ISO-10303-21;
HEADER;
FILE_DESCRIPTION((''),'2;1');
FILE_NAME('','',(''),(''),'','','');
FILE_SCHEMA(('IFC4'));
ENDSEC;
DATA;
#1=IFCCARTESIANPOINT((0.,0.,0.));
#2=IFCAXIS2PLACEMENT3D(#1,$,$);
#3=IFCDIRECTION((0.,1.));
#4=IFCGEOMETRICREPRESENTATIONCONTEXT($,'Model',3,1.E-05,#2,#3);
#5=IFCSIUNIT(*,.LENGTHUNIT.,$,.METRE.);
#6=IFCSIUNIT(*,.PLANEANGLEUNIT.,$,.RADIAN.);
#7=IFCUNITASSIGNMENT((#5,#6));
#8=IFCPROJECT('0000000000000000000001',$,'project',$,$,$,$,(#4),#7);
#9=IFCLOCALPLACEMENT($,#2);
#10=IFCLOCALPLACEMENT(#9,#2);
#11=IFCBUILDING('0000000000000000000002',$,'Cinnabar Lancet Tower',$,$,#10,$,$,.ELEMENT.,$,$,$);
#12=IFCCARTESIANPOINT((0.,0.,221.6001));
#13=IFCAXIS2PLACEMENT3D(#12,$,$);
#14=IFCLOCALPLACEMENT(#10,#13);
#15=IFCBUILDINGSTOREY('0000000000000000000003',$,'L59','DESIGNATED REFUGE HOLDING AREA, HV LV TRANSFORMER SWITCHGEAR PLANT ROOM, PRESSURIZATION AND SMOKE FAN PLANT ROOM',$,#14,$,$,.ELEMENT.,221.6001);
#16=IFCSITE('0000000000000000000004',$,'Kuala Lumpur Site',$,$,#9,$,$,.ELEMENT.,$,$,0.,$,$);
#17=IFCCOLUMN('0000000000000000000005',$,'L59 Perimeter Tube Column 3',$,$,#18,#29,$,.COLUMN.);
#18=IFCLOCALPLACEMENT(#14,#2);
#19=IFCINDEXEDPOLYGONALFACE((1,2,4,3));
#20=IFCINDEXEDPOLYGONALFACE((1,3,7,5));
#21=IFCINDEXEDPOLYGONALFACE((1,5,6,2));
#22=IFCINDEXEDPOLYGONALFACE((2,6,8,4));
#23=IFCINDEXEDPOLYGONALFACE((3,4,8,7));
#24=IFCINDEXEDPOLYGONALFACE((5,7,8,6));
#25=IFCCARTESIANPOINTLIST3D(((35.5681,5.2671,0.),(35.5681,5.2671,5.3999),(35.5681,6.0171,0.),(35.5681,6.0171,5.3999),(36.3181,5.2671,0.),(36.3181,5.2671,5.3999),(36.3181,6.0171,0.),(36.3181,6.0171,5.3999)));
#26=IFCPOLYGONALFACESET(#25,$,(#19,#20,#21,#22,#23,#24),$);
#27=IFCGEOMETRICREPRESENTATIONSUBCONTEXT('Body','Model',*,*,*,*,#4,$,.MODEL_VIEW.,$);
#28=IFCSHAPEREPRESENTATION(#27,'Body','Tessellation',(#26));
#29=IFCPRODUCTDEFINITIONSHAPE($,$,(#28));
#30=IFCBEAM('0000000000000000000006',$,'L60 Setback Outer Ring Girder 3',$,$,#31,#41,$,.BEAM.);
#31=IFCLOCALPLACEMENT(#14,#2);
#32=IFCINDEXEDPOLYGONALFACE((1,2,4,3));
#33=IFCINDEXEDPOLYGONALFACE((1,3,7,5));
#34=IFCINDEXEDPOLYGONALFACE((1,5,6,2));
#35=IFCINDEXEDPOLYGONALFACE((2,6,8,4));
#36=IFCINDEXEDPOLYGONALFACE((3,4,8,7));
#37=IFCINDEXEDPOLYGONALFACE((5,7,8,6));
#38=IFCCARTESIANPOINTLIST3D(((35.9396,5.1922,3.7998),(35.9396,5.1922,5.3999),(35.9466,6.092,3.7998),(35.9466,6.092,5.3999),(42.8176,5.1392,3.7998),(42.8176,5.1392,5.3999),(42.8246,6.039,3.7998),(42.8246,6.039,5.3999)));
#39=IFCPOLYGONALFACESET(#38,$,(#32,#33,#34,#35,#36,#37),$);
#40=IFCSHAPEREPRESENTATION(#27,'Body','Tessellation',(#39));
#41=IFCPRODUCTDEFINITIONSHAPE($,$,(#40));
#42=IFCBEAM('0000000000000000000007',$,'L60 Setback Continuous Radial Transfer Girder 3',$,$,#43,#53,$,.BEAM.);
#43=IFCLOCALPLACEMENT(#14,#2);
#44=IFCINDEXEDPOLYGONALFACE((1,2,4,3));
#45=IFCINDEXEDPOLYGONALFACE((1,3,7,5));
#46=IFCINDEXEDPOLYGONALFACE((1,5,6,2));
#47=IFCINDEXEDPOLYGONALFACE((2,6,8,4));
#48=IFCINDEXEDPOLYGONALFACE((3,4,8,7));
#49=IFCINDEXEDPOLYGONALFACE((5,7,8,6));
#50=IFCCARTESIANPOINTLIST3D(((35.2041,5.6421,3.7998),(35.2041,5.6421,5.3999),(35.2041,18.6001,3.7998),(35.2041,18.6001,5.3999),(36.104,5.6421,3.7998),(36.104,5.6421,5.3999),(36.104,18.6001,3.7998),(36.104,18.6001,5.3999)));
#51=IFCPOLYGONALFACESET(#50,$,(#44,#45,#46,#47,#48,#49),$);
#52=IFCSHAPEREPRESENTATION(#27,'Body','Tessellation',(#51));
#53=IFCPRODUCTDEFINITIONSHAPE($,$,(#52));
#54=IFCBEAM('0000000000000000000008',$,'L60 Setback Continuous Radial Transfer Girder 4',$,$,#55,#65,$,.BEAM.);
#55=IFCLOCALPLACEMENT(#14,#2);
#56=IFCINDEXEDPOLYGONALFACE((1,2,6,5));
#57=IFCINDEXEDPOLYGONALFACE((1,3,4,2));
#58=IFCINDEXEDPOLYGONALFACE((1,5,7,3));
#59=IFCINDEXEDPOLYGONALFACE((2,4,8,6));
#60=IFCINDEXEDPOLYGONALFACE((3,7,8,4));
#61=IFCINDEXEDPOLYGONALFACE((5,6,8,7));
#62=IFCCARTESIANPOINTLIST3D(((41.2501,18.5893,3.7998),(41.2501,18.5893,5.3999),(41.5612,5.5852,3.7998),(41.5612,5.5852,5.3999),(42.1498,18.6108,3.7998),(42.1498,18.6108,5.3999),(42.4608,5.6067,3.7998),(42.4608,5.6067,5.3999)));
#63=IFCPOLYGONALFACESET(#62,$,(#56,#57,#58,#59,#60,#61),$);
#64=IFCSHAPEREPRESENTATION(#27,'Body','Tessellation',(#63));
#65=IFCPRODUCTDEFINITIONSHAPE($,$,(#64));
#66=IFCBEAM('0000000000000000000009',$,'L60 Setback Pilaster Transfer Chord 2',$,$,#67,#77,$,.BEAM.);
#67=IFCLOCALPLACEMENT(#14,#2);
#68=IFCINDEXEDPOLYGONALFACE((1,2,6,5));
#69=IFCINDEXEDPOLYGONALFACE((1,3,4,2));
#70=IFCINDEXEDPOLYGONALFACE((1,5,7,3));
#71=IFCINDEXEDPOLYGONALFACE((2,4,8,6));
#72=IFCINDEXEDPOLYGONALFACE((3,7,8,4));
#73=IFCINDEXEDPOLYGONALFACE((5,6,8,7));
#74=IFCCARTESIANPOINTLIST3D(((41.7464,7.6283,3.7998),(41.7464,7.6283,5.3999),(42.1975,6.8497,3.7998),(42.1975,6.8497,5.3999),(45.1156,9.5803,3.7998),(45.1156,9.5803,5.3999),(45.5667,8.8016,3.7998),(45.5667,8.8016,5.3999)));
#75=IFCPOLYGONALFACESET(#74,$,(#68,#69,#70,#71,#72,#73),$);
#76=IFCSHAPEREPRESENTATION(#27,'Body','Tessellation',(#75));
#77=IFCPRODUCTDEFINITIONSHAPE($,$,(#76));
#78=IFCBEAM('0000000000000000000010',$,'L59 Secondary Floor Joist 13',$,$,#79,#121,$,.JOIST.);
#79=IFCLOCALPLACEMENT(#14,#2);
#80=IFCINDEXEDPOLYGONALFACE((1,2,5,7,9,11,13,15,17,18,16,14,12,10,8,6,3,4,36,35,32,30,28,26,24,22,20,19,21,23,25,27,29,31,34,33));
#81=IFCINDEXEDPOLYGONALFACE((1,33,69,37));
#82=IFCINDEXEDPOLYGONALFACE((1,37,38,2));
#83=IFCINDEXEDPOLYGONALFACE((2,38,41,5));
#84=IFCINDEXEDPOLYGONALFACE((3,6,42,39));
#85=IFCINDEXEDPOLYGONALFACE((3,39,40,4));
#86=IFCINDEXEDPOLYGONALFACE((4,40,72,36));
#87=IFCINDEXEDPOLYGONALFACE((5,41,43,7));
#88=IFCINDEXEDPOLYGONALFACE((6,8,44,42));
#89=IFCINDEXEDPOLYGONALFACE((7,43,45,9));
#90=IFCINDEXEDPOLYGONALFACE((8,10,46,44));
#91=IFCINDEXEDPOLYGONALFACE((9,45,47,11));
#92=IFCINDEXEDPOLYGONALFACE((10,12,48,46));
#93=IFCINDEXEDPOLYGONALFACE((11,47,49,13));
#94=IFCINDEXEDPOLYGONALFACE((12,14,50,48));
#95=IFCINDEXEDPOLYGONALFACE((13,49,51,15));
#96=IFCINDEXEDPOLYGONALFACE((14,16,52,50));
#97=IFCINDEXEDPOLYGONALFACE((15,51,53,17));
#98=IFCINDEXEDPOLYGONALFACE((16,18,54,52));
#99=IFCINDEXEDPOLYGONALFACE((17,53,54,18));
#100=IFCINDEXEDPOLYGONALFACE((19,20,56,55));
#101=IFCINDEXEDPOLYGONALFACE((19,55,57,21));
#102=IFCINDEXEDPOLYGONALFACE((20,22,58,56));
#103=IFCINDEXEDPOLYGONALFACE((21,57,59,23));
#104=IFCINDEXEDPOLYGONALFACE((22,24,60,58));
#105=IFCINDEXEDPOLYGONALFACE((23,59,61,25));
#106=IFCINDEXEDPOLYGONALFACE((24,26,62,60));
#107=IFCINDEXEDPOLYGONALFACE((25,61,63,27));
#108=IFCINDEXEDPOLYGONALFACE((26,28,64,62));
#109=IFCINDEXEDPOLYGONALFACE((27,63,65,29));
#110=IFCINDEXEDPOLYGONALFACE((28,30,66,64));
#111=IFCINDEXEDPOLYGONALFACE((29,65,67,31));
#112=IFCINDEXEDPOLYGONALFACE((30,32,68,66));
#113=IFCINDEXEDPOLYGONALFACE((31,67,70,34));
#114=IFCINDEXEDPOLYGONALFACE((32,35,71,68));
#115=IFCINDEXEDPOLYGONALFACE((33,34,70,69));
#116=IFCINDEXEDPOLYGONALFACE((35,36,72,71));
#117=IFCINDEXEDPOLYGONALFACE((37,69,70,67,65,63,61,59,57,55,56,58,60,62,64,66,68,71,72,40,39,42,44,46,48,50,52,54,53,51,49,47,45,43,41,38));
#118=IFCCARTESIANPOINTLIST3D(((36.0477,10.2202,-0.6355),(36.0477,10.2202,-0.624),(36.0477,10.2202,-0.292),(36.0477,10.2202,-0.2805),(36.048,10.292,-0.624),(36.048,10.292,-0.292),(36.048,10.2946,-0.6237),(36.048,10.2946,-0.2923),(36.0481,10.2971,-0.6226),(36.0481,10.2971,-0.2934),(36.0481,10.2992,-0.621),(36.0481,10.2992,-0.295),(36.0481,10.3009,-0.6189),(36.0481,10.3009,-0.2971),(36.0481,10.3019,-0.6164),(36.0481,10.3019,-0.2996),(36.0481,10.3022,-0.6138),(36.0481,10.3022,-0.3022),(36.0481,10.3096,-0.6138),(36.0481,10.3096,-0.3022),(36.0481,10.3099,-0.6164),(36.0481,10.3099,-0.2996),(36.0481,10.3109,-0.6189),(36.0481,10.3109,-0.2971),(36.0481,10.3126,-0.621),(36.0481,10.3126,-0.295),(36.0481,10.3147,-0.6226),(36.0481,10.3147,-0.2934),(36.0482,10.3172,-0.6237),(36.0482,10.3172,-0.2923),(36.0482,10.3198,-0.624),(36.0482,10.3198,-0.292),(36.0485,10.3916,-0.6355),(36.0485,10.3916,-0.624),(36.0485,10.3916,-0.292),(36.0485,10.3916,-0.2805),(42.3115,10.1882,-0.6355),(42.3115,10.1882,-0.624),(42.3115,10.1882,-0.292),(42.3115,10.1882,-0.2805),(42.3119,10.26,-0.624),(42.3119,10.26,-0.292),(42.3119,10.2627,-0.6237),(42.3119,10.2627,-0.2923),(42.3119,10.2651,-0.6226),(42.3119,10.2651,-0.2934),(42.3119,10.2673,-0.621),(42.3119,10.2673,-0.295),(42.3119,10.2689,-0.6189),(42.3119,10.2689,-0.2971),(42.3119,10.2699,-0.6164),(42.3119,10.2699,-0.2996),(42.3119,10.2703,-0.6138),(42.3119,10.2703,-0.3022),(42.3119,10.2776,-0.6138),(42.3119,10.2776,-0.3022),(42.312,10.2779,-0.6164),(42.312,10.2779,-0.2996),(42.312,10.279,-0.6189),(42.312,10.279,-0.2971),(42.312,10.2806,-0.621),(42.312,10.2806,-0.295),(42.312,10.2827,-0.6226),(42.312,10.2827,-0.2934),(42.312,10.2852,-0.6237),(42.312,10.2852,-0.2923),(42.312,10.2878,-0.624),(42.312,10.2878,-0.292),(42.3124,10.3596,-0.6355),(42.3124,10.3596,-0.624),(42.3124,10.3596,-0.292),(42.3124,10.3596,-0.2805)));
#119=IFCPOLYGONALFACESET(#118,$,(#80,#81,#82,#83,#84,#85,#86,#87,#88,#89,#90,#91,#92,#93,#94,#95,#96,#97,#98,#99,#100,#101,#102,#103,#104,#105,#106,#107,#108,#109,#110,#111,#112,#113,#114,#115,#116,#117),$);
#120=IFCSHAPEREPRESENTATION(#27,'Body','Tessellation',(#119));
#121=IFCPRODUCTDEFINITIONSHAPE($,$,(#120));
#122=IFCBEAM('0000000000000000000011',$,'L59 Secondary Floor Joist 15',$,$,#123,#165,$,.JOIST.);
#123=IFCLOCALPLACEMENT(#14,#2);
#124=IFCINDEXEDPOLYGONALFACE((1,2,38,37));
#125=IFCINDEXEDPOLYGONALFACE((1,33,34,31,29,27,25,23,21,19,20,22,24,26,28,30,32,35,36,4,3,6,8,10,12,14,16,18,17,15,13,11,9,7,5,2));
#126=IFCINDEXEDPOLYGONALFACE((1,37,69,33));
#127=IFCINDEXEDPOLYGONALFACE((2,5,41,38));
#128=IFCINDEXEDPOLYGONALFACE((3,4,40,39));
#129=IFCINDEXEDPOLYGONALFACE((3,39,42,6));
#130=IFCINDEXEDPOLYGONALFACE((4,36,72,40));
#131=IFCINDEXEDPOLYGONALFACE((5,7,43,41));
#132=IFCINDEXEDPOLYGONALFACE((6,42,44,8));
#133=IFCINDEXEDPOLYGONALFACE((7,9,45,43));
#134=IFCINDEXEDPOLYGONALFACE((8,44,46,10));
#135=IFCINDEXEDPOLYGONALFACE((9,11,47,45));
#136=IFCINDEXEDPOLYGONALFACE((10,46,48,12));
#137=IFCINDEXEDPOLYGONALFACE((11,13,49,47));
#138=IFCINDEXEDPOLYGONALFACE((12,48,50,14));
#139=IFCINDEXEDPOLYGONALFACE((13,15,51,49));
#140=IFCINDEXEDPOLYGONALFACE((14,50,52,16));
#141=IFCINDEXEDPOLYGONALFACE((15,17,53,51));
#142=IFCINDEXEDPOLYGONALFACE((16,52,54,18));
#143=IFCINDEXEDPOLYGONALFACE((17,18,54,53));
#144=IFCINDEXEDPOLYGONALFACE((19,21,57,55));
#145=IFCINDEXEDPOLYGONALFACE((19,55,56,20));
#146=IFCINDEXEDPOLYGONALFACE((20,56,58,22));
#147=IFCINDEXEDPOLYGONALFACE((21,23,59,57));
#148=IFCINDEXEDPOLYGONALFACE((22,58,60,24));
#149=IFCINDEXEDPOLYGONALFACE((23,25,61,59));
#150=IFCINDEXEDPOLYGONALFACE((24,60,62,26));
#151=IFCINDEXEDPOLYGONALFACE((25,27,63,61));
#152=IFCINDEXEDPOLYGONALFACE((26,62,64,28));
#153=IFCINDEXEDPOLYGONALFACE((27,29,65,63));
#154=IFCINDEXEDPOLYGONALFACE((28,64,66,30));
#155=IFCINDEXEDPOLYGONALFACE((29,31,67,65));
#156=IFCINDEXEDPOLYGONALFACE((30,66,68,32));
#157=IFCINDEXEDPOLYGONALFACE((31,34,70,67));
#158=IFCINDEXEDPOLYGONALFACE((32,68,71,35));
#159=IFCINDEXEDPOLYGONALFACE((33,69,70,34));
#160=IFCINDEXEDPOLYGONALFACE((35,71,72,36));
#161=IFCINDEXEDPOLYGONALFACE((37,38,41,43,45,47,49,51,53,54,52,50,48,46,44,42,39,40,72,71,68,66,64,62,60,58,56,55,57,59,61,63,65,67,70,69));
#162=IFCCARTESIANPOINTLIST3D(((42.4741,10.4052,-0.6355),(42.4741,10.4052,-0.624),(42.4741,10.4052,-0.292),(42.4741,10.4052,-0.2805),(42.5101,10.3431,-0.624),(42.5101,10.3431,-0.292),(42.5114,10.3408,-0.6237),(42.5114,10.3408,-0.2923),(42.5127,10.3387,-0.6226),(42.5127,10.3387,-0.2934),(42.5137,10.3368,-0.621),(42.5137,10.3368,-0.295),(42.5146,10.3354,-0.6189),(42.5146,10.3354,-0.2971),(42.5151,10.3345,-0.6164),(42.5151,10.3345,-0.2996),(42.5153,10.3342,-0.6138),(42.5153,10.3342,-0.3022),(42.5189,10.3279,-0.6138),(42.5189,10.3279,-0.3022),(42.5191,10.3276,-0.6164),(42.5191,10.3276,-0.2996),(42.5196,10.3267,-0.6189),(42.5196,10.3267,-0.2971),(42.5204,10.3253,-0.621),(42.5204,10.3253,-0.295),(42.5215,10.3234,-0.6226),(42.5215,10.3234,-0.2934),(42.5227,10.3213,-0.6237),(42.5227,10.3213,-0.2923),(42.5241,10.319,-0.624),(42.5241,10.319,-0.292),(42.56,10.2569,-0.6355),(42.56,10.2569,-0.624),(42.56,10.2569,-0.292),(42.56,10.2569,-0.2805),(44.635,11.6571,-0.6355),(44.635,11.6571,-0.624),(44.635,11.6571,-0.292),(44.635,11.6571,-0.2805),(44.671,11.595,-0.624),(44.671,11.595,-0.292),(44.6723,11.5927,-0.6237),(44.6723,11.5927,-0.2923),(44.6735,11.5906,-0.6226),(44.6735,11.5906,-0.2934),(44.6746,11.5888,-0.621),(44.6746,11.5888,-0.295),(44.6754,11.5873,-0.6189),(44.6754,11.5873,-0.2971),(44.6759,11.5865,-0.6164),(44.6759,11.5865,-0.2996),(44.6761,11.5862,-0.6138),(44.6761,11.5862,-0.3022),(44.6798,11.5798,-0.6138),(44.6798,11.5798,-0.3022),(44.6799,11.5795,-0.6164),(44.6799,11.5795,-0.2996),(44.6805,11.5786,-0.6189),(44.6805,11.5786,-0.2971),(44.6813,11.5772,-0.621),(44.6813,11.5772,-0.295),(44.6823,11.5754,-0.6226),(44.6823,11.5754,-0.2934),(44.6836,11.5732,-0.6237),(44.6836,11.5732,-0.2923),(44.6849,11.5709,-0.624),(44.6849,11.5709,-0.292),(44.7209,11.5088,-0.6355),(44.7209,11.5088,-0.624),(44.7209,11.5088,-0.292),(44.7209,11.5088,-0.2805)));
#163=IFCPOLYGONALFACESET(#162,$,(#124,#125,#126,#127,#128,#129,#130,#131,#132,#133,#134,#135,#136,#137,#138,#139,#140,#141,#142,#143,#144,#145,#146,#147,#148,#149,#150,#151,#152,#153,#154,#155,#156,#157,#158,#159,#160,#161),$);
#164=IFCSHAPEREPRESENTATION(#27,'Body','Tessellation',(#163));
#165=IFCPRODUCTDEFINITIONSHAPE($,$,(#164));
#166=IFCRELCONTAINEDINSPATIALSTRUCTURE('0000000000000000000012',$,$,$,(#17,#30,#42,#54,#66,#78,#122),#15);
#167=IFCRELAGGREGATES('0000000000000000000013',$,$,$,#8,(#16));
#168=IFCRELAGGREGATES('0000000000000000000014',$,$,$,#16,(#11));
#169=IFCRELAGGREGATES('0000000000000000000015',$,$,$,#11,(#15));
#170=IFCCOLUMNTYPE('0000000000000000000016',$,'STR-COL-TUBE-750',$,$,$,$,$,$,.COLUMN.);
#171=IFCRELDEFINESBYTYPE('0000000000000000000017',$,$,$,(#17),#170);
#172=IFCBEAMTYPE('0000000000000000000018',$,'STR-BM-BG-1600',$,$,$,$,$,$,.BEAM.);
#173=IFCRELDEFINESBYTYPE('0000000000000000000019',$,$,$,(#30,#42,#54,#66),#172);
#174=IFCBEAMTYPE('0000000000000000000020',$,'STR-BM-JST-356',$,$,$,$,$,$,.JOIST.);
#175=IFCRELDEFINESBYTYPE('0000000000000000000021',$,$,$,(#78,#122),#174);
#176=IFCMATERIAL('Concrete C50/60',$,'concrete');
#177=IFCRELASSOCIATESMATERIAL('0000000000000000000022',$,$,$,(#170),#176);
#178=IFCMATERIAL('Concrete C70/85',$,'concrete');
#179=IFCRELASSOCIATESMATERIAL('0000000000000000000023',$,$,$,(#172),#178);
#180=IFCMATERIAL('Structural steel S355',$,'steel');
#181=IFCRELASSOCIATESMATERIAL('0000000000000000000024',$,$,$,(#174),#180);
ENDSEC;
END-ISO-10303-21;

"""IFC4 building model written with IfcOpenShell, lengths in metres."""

from ifc_helpers import new_model, si_unit, direction, frame, origin, origin_2d, place, context, subcontext, project, spatial, rectangle, i_section, extrude, material, material_profile, profile_set, type_object, element, save


model = new_model("IFC4")

# Units and contexts
model_context = context("Model", 3, precision=1e-05, world=origin(), true_north=direction((0.0, 1.0)))
body_context = subcontext(model_context, "Body", "Model", "MODEL_VIEW")
ifc_project = project(units=[si_unit("LENGTHUNIT", "METRE"), si_unit("PLANEANGLEUNIT", "RADIAN")], contexts=[model_context])

# Site, building, storey
site_placement = place(None, origin())
site = spatial("IfcSite", under=ifc_project, at=site_placement, Name="Kuala Lumpur Site", CompositionType="ELEMENT", RefElevation=0.0)
building_placement = place(site_placement, origin())
building = spatial("IfcBuilding", under=site, at=building_placement, Name="Cinnabar Lancet Tower", CompositionType="ELEMENT")
storey_placement = place(building_placement, frame((0.0, 0.0, 221.6001)))
storey = spatial("IfcBuildingStorey", under=building, at=storey_placement, Name="L59", Description="DESIGNATED REFUGE HOLDING AREA, HV LV TRANSFORMER SWITCHGEAR PLANT ROOM, PRESSURIZATION AND SMOKE FAN PLANT ROOM", CompositionType="ELEMENT", Elevation=221.6001)

# Column
ifc_material_1 = material(Name="Concrete C50/60", Category="concrete")
ifc_material_profile_1 = material_profile(ifc_material_1, rectangle(XDim=0.75, YDim=0.75, at=origin_2d()), Name="RC-COL 750x750")
ifc_profile_set_1 = profile_set([ifc_material_profile_1], Name="Concrete C50/60")
column_type = type_object("IfcColumnType", Name="STR-COL-TUBE-750", PredefinedType="COLUMN", material=ifc_profile_set_1)
column_placement = place(storey_placement, frame((35.9431, 5.6421, 0.0), z_axis=(0.0, 0.0, 1.0), x_axis=(1.0, 0.0, 0.0)))
element("IfcColumn", 1, at=column_placement, inside=storey, type_object=column_type, Name="L59 Perimeter Tube Column 3", PredefinedType="COLUMN", context=body_context, shape_type="SweptSolid", body=[
    extrude(rectangle(XDim=0.75, YDim=0.75, at=origin_2d()), origin(), (0.0, 0.0, 1.0), 5.3999),
])

# Beams
ifc_material_2 = material(Name="Concrete C70/85", Category="concrete")
ifc_material_profile_2 = material_profile(ifc_material_2, rectangle(XDim=0.8999, YDim=1.6001, at=origin_2d()), Name="RC-BG 900x1600")
ifc_profile_set_2 = profile_set([ifc_material_profile_2], Name="Concrete C70/85")
beam_type_1 = type_object("IfcBeamType", Name="STR-BM-BG-1600", PredefinedType="BEAM", material=ifc_profile_set_2)
beam_1_placement = place(storey_placement, frame((35.9431, 5.6421, 4.5999), z_axis=(0.99997, -0.007702, 0.0), x_axis=(0.007702, 0.99997, 0.0)))
element("IfcBeam", 2, at=beam_1_placement, inside=storey, type_object=beam_type_1, Name="L60 Setback Outer Ring Girder 3", PredefinedType="BEAM", context=body_context, shape_type="SweptSolid", body=[
    extrude(rectangle(XDim=0.8999, YDim=1.6001, at=origin_2d()), origin(), (0.0, 0.0, 1.0), 6.8782),
])
beam_2_placement = place(storey_placement, frame((35.6541, 5.6421, 4.5999), z_axis=(0.0, 1.0, 0.0), x_axis=(-1.0, 0.0, 0.0)))
element("IfcBeam", 3, at=beam_2_placement, inside=storey, type_object=beam_type_1, Name="L60 Setback Continuous Radial Transfer Girder 3", PredefinedType="BEAM", context=body_context, shape_type="SweptSolid", body=[
    extrude(rectangle(XDim=0.8999, YDim=1.6001, at=origin_2d()), origin(), (0.0, 0.0, 1.0), 12.958),
])
beam_3_placement = place(storey_placement, frame((42.011, 5.5959, 4.5999), z_axis=(-0.023911, 0.999714, 0.0), x_axis=(-0.999714, -0.023911, 0.0)))
element("IfcBeam", 4, at=beam_3_placement, inside=storey, type_object=beam_type_1, Name="L60 Setback Continuous Radial Transfer Girder 4", PredefinedType="BEAM", context=body_context, shape_type="SweptSolid", body=[
    extrude(rectangle(XDim=0.8999, YDim=1.6001, at=origin_2d()), origin(), (0.0, 0.0, 1.0), 13.0078),
])
beam_4_placement = place(storey_placement, frame((41.9719, 7.239, 4.5999), z_axis=(0.865276, 0.501296, 0.0), x_axis=(-0.501296, 0.865276, 0.0)))
element("IfcBeam", 5, at=beam_4_placement, inside=storey, type_object=beam_type_1, Name="L60 Setback Pilaster Transfer Chord 2", PredefinedType="BEAM", context=body_context, shape_type="SweptSolid", body=[
    extrude(rectangle(XDim=0.8999, YDim=1.6001, at=origin_2d()), origin(), (0.0, 0.0, 1.0), 3.8938),
])
ifc_material_3 = material(Name="Structural steel S355", Category="steel")
ifc_material_profile_3 = material_profile(ifc_material_3, i_section(OverallWidth=0.1714, OverallDepth=0.355, WebThickness=0.0073, FlangeThickness=0.0115, FilletRadius=0.0103, at=origin_2d()), Name="UKB 356x171x51")
ifc_profile_set_3 = profile_set([ifc_material_profile_3], Name="Structural steel S355")
beam_type_2 = type_object("IfcBeamType", Name="STR-BM-JST-356", PredefinedType="JOIST", material=ifc_profile_set_3)
beam_5_placement = place(storey_placement, frame((36.0481, 10.3059, -0.458), z_axis=(0.999987, -0.005106, 0.0), x_axis=(0.005106, 0.999987, 0.0)))
element("IfcBeam", 6, at=beam_5_placement, inside=storey, type_object=beam_type_2, Name="L59 Secondary Floor Joist 13", PredefinedType="JOIST", context=body_context, shape_type="SweptSolid", body=[
    extrude(i_section(OverallWidth=0.1714, OverallDepth=0.355, WebThickness=0.0073, FlangeThickness=0.0115, FilletRadius=0.0103, at=origin_2d()), origin(), (0.0, 0.0, 1.0), 6.2639),
])
beam_6_placement = place(storey_placement, frame((42.5171, 10.3311, -0.458), z_axis=(0.865268, 0.50131, 0.0), x_axis=(-0.50131, 0.865268, 0.0)))
element("IfcBeam", 7, at=beam_6_placement, inside=storey, type_object=beam_type_2, Name="L59 Secondary Floor Joist 15", PredefinedType="JOIST", context=body_context, shape_type="SweptSolid", body=[
    extrude(i_section(OverallWidth=0.1714, OverallDepth=0.355, WebThickness=0.0073, FlangeThickness=0.0115, FilletRadius=0.0103, at=origin_2d()), origin(), (0.0, 0.0, 1.0), 2.4973),
])

save(model, "model.ifc")
